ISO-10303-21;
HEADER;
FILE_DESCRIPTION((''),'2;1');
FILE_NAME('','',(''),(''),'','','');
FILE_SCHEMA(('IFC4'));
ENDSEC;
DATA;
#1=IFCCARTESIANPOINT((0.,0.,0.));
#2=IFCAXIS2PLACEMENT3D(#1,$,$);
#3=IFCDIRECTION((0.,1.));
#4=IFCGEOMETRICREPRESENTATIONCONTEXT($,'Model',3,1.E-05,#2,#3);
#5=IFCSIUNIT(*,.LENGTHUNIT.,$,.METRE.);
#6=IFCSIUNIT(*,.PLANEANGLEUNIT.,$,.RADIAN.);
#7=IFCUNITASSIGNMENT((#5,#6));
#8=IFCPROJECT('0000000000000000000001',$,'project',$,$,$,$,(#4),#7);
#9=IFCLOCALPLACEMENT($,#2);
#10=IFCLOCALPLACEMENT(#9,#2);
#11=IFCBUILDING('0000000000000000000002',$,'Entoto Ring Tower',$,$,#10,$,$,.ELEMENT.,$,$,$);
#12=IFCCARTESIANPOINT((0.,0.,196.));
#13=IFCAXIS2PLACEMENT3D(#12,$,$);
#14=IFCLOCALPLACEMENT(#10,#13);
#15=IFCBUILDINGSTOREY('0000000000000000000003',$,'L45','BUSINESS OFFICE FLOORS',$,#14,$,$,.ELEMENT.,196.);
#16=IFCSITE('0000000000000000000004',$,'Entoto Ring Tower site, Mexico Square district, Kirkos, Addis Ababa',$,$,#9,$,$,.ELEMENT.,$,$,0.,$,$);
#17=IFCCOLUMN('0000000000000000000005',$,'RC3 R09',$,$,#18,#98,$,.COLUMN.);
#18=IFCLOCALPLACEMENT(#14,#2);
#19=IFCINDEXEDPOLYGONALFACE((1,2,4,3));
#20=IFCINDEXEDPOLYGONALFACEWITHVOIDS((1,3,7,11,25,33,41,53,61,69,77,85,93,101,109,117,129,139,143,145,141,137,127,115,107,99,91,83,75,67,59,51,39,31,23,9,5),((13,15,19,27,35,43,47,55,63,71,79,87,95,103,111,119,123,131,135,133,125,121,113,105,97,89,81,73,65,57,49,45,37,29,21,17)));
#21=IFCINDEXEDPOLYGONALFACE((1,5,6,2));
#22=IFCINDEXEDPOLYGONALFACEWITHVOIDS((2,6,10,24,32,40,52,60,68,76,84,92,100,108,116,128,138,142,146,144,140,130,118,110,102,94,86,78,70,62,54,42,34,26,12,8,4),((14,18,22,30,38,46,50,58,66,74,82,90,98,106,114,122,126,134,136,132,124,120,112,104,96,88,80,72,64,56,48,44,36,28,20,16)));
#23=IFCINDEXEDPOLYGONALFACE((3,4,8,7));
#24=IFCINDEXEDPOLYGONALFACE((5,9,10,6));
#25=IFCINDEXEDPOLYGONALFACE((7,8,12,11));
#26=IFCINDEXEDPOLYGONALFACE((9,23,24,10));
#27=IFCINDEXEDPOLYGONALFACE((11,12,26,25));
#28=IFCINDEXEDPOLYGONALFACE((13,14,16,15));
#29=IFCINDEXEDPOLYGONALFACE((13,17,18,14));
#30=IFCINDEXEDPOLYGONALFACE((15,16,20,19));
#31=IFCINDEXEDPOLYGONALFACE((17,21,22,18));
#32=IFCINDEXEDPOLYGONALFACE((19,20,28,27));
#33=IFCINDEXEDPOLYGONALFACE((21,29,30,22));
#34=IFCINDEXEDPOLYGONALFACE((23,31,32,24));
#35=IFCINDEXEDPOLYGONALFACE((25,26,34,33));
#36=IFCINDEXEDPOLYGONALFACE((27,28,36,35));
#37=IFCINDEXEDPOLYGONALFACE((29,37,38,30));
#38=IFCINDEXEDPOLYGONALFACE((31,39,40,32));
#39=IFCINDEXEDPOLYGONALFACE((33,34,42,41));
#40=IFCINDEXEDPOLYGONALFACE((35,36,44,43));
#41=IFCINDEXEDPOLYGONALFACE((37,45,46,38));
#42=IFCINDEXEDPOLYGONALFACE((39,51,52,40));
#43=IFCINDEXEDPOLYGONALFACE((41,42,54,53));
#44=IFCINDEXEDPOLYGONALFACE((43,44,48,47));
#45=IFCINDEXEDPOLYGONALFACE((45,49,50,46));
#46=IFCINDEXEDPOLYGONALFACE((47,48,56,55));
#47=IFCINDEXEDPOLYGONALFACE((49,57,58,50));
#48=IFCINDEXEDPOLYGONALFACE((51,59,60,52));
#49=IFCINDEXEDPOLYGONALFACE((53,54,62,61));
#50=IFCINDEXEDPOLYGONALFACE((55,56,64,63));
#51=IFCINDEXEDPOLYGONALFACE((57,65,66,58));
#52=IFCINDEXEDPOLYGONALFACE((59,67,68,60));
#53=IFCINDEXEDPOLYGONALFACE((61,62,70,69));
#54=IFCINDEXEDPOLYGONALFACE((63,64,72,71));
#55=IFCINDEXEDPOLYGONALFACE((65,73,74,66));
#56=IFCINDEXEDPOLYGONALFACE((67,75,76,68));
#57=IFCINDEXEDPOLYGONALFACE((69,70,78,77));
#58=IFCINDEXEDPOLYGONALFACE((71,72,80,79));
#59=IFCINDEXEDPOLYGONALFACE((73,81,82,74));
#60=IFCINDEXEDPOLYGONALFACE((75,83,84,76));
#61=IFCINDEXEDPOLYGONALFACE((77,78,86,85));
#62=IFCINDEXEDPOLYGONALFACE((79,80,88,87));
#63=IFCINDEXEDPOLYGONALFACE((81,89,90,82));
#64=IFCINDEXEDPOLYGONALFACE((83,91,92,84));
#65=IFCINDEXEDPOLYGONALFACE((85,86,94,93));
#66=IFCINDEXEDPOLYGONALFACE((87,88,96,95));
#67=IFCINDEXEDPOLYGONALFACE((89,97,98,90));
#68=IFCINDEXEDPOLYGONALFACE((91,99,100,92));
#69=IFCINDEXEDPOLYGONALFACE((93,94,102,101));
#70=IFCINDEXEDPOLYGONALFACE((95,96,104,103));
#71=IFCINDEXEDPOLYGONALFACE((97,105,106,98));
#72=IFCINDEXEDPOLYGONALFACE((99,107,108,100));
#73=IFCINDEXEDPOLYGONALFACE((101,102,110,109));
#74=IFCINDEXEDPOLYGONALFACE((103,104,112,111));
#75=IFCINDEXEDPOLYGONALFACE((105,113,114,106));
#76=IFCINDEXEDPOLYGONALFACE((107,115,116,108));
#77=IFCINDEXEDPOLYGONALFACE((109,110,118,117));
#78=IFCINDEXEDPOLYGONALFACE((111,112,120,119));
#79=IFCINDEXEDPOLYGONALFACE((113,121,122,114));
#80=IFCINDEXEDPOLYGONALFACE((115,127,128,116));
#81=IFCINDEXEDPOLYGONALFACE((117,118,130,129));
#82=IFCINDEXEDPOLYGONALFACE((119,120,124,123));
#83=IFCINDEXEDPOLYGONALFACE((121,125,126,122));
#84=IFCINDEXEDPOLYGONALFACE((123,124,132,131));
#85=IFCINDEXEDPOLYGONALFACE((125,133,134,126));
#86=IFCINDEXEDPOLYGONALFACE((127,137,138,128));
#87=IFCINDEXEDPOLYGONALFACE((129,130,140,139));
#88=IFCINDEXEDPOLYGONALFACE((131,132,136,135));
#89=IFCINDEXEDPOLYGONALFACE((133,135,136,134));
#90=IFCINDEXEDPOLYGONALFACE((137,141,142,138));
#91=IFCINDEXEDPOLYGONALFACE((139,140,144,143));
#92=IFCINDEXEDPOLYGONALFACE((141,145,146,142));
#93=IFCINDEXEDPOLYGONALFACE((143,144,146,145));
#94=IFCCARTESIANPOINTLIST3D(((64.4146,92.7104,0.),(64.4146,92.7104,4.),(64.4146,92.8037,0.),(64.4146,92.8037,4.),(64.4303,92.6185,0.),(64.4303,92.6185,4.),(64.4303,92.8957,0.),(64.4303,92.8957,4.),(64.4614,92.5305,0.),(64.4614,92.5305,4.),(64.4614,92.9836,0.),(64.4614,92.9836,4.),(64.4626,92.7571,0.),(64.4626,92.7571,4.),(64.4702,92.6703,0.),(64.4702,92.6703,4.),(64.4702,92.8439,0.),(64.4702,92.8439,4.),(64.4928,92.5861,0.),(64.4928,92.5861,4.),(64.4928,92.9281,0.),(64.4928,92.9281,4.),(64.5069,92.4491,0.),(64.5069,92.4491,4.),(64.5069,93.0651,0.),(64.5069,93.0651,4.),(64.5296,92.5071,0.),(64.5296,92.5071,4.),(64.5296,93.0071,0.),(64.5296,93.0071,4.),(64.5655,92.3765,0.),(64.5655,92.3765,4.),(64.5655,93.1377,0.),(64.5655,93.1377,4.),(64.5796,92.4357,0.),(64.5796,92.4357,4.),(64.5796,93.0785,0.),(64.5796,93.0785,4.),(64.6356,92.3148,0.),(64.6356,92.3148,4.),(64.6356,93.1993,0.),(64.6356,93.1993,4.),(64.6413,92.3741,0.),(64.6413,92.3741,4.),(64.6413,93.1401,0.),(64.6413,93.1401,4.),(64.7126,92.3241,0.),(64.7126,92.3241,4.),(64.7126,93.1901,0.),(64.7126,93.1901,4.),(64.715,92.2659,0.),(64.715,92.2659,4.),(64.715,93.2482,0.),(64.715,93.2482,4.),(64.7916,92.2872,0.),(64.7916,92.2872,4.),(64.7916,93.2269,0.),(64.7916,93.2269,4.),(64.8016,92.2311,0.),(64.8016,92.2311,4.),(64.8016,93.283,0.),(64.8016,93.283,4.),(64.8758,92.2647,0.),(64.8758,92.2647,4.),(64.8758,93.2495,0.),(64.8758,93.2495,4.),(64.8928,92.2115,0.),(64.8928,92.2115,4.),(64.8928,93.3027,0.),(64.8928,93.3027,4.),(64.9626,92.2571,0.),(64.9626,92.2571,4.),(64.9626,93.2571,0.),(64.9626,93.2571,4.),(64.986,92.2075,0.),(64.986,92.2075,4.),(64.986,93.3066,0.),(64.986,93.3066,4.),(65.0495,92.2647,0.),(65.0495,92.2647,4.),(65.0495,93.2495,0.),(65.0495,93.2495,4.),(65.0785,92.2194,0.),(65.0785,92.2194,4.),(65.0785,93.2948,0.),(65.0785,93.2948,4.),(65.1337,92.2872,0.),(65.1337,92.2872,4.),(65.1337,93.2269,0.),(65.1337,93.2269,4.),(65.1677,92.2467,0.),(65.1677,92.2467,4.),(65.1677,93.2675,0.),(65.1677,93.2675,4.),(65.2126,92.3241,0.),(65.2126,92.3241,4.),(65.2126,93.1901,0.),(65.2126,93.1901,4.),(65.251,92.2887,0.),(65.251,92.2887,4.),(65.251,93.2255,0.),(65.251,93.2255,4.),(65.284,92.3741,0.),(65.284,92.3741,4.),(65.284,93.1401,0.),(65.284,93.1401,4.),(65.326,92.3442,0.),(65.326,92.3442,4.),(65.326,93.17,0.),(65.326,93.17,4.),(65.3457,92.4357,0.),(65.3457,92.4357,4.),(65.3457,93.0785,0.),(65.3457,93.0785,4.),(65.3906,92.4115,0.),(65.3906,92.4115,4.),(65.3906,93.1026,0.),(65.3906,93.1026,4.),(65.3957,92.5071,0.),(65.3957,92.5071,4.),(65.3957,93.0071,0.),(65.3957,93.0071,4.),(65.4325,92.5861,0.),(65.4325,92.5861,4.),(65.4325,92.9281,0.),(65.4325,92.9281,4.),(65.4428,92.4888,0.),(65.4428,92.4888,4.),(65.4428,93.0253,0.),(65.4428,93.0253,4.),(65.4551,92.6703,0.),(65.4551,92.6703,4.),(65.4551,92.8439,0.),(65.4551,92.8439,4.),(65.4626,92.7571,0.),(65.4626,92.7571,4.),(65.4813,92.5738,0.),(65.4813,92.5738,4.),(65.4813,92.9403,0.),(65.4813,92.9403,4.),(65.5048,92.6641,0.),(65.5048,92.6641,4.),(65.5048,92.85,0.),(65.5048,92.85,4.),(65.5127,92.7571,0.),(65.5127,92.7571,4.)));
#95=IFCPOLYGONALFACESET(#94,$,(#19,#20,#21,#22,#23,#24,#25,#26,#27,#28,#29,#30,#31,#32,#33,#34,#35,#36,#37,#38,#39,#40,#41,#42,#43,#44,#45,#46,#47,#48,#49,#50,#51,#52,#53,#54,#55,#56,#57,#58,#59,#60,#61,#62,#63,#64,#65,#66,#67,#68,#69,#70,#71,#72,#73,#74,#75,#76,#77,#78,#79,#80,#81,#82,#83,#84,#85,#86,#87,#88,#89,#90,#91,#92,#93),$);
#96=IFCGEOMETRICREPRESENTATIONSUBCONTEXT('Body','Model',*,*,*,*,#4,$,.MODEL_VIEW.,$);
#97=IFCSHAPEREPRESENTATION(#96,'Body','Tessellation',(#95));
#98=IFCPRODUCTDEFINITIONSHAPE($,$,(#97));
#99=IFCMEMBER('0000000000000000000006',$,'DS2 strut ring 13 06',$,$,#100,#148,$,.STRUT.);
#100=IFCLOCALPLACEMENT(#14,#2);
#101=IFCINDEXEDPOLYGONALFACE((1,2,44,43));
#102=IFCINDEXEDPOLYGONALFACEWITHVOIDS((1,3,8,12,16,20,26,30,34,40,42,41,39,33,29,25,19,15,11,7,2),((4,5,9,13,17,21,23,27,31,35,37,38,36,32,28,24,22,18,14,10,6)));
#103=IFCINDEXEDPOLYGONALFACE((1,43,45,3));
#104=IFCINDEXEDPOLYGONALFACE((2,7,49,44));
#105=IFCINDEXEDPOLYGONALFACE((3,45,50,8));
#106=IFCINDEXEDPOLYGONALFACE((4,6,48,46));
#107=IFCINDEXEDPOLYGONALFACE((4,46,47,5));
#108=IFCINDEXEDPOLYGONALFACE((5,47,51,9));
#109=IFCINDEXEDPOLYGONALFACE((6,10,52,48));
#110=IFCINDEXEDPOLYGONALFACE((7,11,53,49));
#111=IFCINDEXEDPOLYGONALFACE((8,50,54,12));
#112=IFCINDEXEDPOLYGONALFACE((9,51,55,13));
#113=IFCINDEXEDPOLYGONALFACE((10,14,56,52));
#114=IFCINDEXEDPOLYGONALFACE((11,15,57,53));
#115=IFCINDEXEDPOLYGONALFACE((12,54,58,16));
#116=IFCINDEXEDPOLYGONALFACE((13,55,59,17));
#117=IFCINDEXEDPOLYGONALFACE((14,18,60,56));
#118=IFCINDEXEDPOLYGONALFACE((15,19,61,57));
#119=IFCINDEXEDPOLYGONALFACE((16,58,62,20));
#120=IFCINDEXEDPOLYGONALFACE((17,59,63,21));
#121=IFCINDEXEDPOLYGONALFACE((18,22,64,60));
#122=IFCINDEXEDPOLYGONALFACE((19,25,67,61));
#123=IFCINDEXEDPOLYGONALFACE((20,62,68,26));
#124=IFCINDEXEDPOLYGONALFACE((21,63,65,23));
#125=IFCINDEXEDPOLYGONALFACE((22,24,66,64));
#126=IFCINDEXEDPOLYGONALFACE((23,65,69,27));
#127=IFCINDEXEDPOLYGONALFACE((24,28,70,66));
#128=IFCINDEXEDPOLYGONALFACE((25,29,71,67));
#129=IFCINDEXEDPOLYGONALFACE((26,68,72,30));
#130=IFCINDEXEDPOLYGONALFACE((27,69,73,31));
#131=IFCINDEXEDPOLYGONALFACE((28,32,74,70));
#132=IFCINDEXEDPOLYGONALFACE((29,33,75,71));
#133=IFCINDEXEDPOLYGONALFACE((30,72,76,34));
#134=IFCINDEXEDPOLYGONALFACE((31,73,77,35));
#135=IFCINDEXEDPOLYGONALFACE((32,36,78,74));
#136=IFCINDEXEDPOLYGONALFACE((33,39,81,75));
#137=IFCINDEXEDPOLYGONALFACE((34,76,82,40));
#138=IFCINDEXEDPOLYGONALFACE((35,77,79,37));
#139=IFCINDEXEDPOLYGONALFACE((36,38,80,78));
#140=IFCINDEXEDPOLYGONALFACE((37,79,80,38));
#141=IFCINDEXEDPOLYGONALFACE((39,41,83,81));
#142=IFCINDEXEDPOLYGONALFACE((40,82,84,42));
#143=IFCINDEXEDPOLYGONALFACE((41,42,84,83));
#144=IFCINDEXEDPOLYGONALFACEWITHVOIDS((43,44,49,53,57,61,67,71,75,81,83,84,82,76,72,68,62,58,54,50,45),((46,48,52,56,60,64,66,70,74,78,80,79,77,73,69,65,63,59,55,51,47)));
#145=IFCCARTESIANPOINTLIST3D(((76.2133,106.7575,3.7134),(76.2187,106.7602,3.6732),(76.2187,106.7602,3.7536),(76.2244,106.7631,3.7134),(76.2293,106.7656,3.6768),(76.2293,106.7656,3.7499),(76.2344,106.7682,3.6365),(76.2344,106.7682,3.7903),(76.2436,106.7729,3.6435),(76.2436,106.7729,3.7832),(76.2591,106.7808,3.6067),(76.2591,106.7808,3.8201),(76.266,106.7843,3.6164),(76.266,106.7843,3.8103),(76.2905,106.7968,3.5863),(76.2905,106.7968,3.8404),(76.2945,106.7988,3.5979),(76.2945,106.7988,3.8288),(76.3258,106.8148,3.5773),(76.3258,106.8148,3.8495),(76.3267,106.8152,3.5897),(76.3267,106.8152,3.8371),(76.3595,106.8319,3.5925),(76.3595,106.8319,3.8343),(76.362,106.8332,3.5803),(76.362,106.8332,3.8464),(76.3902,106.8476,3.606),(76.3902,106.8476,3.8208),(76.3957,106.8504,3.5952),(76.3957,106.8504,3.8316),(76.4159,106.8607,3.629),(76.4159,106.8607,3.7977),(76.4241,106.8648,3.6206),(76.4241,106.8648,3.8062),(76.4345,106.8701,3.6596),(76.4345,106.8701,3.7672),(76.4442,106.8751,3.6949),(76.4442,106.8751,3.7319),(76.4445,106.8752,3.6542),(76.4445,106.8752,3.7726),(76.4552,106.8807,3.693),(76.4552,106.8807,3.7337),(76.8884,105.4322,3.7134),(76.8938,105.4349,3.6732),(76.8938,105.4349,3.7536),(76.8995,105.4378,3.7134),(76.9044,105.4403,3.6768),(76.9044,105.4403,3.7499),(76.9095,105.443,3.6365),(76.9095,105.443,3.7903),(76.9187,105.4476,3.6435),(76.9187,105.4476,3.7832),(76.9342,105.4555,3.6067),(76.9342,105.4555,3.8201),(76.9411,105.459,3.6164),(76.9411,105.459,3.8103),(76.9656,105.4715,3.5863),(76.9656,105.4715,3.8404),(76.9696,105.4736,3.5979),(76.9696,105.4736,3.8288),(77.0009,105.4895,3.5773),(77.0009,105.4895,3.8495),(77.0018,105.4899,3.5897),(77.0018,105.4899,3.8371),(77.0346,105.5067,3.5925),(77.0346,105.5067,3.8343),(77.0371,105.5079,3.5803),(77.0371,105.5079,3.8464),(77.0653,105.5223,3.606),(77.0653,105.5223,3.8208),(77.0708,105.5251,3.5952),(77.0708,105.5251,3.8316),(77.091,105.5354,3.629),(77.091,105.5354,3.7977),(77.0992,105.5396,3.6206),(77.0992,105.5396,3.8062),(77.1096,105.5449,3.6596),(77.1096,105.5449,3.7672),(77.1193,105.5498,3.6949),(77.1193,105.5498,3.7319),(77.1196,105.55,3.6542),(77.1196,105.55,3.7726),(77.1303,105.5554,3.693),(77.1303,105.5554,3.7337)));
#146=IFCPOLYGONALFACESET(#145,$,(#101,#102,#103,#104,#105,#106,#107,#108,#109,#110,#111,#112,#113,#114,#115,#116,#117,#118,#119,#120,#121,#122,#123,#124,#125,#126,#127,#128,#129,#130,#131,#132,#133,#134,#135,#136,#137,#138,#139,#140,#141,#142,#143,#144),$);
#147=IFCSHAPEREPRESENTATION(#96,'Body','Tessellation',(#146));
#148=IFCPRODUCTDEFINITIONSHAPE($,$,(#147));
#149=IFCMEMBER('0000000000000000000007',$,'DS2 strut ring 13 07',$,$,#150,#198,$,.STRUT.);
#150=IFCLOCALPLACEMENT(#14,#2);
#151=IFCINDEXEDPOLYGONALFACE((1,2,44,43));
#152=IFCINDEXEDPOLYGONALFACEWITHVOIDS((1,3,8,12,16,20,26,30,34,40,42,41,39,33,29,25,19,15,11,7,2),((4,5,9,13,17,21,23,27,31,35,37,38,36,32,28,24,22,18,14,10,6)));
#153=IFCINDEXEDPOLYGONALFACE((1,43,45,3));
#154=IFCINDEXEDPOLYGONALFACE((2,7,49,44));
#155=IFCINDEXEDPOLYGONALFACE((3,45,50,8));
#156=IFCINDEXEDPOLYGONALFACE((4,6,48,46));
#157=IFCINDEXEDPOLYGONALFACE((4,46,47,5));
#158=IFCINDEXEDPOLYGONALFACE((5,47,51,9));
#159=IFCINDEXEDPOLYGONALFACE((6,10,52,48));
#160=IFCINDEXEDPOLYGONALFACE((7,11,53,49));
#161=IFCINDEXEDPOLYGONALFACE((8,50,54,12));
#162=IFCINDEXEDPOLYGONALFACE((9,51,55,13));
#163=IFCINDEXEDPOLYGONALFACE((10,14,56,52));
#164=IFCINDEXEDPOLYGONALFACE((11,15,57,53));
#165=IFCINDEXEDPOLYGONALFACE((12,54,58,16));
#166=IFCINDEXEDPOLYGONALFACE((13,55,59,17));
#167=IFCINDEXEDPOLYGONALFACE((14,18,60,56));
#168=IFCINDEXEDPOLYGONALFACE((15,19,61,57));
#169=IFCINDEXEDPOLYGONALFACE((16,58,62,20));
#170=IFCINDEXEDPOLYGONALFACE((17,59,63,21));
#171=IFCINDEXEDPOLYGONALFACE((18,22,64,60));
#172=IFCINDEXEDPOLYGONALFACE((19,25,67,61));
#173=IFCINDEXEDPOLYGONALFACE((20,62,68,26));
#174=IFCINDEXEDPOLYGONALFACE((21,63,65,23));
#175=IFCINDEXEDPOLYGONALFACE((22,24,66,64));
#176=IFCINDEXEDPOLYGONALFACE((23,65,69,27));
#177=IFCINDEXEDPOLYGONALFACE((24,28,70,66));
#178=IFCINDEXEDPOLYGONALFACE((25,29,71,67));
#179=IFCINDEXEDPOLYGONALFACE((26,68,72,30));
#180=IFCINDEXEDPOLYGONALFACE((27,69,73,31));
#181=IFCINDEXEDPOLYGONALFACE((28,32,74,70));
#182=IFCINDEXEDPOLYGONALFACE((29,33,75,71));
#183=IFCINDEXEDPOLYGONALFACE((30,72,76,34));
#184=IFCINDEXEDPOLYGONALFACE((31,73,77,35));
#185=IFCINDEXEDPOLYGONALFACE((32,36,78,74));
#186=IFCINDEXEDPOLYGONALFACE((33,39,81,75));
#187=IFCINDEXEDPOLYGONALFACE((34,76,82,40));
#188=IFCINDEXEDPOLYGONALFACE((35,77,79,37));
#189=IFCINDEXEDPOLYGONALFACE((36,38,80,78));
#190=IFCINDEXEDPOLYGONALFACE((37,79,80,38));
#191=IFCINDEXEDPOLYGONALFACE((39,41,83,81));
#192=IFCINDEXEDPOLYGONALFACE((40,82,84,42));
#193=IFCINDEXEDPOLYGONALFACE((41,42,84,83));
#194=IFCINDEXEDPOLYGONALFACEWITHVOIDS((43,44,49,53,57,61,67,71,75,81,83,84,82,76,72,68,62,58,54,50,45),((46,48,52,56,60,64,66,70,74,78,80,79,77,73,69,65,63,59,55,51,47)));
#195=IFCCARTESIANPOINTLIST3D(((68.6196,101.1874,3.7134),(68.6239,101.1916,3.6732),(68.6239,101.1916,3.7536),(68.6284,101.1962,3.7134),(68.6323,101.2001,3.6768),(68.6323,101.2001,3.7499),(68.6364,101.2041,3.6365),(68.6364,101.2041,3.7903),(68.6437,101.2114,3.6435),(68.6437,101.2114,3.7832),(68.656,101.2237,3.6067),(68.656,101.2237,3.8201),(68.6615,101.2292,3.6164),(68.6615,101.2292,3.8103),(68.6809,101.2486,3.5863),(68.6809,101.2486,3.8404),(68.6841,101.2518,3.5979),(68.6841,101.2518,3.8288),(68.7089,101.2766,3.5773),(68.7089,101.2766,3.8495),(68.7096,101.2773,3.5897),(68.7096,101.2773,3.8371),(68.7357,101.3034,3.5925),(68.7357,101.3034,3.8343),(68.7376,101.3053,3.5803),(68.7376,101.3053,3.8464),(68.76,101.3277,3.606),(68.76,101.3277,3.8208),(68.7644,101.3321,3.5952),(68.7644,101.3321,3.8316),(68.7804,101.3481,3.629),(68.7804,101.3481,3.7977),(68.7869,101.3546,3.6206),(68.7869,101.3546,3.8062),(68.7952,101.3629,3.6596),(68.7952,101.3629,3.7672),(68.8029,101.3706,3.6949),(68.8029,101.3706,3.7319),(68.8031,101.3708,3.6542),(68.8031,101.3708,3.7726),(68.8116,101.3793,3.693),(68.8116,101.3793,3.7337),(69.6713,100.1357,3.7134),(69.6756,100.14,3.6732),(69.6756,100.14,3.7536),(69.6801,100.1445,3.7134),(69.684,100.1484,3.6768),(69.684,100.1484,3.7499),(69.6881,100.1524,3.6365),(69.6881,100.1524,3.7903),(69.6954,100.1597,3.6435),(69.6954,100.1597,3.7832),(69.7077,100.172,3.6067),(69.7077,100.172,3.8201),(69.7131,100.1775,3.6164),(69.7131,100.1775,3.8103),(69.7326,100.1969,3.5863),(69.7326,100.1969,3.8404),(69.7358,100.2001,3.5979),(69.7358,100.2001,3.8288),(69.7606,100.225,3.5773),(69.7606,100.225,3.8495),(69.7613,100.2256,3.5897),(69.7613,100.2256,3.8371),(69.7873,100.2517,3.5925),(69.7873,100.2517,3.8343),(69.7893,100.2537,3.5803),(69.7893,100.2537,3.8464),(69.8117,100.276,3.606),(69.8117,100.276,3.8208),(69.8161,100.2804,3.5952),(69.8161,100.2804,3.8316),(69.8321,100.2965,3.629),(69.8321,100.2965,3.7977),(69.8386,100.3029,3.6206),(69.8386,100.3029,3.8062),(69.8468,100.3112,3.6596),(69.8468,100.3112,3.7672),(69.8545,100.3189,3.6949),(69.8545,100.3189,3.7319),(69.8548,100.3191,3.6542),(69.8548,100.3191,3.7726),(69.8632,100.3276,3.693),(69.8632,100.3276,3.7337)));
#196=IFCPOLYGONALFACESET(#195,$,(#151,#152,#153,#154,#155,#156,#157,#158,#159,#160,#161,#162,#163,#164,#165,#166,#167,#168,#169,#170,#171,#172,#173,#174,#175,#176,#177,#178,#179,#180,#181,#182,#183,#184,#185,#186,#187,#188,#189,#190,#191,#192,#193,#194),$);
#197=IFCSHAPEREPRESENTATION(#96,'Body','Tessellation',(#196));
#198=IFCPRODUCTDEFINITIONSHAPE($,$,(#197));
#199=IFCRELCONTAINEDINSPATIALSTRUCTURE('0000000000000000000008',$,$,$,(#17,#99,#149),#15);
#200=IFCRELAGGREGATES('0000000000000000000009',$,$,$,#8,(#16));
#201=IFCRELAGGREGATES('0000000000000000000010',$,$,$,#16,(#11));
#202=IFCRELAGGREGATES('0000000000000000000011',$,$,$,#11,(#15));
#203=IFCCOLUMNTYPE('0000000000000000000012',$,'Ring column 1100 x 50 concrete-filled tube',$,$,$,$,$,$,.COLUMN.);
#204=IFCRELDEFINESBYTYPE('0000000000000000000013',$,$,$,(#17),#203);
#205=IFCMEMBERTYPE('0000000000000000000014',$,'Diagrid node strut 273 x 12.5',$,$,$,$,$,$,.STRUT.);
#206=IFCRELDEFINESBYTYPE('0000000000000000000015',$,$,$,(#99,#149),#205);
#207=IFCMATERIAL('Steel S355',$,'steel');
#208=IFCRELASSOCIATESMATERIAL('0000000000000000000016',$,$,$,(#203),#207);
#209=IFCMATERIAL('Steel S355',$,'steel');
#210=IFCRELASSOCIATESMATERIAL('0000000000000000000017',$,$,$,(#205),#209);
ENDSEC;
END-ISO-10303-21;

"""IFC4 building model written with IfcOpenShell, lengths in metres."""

from ifc_helpers import new_model, si_unit, direction, frame, origin, origin_2d, place, context, subcontext, project, spatial, circle, hollow_circle, extrude, material, material_profile, profile_set, type_object, element, save


model = new_model("IFC4")

# Units and contexts
model_context = context("Model", 3, precision=1e-05, world=origin(), true_north=direction((0.0, 1.0)))
body_context = subcontext(model_context, "Body", "Model", "MODEL_VIEW")
ifc_project = project(units=[si_unit("LENGTHUNIT", "METRE"), si_unit("PLANEANGLEUNIT", "RADIAN")], contexts=[model_context])

# Site, building, storey
site_placement = place(None, origin())
site = spatial("IfcSite", under=ifc_project, at=site_placement, Name="Entoto Ring Tower site, Mexico Square district, Kirkos, Addis Ababa", CompositionType="ELEMENT", RefElevation=0.0)
building_placement = place(site_placement, origin())
building = spatial("IfcBuilding", under=site, at=building_placement, Name="Entoto Ring Tower", CompositionType="ELEMENT")
storey_placement = place(building_placement, frame((0.0, 0.0, 196.0)))
storey = spatial("IfcBuildingStorey", under=building, at=storey_placement, Name="L45", Description="BUSINESS OFFICE FLOORS", CompositionType="ELEMENT", Elevation=196.0)

# Column
ifc_material_1 = material(Name="Steel S355", Category="steel")
ifc_material_profile_1 = material_profile(ifc_material_1, hollow_circle(Radius=0.55, WallThickness=0.05, at=origin_2d()), Name="CHS 1100 x 50")
ifc_material_2 = material(Name="Concrete C60/75", Category="concrete")
ifc_material_profile_2 = material_profile(ifc_material_2, circle(Radius=0.5, at=origin_2d()), Name="Concrete C60/75 infill")
ifc_profile_set_1 = profile_set([ifc_material_profile_1, ifc_material_profile_2], Name="Steel S355")
column_type = type_object("IfcColumnType", Name="Ring column 1100 x 50 concrete-filled tube", PredefinedType="COLUMN", material=ifc_profile_set_1)
for number, where, z_axis, x_axis, name in (
    (1, (64.9626, 92.7571, 0.0), (0.0, 0.0, 1.0), (1.0, 0.0, 0.0), "RC3 R09"),
):
    element("IfcColumn", number, at=place(storey_placement, frame(where, z_axis=z_axis, x_axis=x_axis)), inside=storey, type_object=column_type, Name=name, PredefinedType="COLUMN", context=body_context, shape_type="SweptSolid", body=[
        extrude(hollow_circle(Radius=0.55, WallThickness=0.05, at=origin_2d()), origin(), (0.0, 0.0, 1.0), 4.0),
    ])

# Members
ifc_material_3 = material(Name="Steel S355", Category="steel")
ifc_material_profile_3 = material_profile(ifc_material_3, hollow_circle(Radius=0.1365, WallThickness=0.0125, at=origin_2d()), Name="CHS 273 x 12.5")
ifc_material_4 = material(Name="Concrete C60/75", Category="concrete")
ifc_material_profile_4 = material_profile(ifc_material_4, circle(Radius=0.124, at=origin_2d()), Name="Concrete C60/75 infill")
ifc_profile_set_2 = profile_set([ifc_material_profile_3, ifc_material_profile_4], Name="Steel S355")
member_type = type_object("IfcMemberType", Name="Diagrid node strut 273 x 12.5", PredefinedType="STRUT", material=ifc_profile_set_2)
for number, where, z_axis, x_axis, name in (
    (2, (77.01, 105.4941, 3.7134), (-0.453899, 0.891053, 0.0), (-0.891053, -0.453899, 0.0), "DS2 strut ring 13 06"),
    (3, (69.7678, 100.2322, 3.7134), (-0.707107, 0.707107, 0.0), (-0.707107, -0.707107, 0.0), "DS2 strut ring 13 07"),
):
    element("IfcMember", number, at=place(storey_placement, frame(where, z_axis=z_axis, x_axis=x_axis)), inside=storey, type_object=member_type, Name=name, PredefinedType="STRUT", context=body_context, shape_type="SweptSolid", body=[
        extrude(hollow_circle(Radius=0.1365, WallThickness=0.0125, at=origin_2d()), origin(), (0.0, 0.0, 1.0), 1.4873),
    ])

save(model, "model.ifc")
